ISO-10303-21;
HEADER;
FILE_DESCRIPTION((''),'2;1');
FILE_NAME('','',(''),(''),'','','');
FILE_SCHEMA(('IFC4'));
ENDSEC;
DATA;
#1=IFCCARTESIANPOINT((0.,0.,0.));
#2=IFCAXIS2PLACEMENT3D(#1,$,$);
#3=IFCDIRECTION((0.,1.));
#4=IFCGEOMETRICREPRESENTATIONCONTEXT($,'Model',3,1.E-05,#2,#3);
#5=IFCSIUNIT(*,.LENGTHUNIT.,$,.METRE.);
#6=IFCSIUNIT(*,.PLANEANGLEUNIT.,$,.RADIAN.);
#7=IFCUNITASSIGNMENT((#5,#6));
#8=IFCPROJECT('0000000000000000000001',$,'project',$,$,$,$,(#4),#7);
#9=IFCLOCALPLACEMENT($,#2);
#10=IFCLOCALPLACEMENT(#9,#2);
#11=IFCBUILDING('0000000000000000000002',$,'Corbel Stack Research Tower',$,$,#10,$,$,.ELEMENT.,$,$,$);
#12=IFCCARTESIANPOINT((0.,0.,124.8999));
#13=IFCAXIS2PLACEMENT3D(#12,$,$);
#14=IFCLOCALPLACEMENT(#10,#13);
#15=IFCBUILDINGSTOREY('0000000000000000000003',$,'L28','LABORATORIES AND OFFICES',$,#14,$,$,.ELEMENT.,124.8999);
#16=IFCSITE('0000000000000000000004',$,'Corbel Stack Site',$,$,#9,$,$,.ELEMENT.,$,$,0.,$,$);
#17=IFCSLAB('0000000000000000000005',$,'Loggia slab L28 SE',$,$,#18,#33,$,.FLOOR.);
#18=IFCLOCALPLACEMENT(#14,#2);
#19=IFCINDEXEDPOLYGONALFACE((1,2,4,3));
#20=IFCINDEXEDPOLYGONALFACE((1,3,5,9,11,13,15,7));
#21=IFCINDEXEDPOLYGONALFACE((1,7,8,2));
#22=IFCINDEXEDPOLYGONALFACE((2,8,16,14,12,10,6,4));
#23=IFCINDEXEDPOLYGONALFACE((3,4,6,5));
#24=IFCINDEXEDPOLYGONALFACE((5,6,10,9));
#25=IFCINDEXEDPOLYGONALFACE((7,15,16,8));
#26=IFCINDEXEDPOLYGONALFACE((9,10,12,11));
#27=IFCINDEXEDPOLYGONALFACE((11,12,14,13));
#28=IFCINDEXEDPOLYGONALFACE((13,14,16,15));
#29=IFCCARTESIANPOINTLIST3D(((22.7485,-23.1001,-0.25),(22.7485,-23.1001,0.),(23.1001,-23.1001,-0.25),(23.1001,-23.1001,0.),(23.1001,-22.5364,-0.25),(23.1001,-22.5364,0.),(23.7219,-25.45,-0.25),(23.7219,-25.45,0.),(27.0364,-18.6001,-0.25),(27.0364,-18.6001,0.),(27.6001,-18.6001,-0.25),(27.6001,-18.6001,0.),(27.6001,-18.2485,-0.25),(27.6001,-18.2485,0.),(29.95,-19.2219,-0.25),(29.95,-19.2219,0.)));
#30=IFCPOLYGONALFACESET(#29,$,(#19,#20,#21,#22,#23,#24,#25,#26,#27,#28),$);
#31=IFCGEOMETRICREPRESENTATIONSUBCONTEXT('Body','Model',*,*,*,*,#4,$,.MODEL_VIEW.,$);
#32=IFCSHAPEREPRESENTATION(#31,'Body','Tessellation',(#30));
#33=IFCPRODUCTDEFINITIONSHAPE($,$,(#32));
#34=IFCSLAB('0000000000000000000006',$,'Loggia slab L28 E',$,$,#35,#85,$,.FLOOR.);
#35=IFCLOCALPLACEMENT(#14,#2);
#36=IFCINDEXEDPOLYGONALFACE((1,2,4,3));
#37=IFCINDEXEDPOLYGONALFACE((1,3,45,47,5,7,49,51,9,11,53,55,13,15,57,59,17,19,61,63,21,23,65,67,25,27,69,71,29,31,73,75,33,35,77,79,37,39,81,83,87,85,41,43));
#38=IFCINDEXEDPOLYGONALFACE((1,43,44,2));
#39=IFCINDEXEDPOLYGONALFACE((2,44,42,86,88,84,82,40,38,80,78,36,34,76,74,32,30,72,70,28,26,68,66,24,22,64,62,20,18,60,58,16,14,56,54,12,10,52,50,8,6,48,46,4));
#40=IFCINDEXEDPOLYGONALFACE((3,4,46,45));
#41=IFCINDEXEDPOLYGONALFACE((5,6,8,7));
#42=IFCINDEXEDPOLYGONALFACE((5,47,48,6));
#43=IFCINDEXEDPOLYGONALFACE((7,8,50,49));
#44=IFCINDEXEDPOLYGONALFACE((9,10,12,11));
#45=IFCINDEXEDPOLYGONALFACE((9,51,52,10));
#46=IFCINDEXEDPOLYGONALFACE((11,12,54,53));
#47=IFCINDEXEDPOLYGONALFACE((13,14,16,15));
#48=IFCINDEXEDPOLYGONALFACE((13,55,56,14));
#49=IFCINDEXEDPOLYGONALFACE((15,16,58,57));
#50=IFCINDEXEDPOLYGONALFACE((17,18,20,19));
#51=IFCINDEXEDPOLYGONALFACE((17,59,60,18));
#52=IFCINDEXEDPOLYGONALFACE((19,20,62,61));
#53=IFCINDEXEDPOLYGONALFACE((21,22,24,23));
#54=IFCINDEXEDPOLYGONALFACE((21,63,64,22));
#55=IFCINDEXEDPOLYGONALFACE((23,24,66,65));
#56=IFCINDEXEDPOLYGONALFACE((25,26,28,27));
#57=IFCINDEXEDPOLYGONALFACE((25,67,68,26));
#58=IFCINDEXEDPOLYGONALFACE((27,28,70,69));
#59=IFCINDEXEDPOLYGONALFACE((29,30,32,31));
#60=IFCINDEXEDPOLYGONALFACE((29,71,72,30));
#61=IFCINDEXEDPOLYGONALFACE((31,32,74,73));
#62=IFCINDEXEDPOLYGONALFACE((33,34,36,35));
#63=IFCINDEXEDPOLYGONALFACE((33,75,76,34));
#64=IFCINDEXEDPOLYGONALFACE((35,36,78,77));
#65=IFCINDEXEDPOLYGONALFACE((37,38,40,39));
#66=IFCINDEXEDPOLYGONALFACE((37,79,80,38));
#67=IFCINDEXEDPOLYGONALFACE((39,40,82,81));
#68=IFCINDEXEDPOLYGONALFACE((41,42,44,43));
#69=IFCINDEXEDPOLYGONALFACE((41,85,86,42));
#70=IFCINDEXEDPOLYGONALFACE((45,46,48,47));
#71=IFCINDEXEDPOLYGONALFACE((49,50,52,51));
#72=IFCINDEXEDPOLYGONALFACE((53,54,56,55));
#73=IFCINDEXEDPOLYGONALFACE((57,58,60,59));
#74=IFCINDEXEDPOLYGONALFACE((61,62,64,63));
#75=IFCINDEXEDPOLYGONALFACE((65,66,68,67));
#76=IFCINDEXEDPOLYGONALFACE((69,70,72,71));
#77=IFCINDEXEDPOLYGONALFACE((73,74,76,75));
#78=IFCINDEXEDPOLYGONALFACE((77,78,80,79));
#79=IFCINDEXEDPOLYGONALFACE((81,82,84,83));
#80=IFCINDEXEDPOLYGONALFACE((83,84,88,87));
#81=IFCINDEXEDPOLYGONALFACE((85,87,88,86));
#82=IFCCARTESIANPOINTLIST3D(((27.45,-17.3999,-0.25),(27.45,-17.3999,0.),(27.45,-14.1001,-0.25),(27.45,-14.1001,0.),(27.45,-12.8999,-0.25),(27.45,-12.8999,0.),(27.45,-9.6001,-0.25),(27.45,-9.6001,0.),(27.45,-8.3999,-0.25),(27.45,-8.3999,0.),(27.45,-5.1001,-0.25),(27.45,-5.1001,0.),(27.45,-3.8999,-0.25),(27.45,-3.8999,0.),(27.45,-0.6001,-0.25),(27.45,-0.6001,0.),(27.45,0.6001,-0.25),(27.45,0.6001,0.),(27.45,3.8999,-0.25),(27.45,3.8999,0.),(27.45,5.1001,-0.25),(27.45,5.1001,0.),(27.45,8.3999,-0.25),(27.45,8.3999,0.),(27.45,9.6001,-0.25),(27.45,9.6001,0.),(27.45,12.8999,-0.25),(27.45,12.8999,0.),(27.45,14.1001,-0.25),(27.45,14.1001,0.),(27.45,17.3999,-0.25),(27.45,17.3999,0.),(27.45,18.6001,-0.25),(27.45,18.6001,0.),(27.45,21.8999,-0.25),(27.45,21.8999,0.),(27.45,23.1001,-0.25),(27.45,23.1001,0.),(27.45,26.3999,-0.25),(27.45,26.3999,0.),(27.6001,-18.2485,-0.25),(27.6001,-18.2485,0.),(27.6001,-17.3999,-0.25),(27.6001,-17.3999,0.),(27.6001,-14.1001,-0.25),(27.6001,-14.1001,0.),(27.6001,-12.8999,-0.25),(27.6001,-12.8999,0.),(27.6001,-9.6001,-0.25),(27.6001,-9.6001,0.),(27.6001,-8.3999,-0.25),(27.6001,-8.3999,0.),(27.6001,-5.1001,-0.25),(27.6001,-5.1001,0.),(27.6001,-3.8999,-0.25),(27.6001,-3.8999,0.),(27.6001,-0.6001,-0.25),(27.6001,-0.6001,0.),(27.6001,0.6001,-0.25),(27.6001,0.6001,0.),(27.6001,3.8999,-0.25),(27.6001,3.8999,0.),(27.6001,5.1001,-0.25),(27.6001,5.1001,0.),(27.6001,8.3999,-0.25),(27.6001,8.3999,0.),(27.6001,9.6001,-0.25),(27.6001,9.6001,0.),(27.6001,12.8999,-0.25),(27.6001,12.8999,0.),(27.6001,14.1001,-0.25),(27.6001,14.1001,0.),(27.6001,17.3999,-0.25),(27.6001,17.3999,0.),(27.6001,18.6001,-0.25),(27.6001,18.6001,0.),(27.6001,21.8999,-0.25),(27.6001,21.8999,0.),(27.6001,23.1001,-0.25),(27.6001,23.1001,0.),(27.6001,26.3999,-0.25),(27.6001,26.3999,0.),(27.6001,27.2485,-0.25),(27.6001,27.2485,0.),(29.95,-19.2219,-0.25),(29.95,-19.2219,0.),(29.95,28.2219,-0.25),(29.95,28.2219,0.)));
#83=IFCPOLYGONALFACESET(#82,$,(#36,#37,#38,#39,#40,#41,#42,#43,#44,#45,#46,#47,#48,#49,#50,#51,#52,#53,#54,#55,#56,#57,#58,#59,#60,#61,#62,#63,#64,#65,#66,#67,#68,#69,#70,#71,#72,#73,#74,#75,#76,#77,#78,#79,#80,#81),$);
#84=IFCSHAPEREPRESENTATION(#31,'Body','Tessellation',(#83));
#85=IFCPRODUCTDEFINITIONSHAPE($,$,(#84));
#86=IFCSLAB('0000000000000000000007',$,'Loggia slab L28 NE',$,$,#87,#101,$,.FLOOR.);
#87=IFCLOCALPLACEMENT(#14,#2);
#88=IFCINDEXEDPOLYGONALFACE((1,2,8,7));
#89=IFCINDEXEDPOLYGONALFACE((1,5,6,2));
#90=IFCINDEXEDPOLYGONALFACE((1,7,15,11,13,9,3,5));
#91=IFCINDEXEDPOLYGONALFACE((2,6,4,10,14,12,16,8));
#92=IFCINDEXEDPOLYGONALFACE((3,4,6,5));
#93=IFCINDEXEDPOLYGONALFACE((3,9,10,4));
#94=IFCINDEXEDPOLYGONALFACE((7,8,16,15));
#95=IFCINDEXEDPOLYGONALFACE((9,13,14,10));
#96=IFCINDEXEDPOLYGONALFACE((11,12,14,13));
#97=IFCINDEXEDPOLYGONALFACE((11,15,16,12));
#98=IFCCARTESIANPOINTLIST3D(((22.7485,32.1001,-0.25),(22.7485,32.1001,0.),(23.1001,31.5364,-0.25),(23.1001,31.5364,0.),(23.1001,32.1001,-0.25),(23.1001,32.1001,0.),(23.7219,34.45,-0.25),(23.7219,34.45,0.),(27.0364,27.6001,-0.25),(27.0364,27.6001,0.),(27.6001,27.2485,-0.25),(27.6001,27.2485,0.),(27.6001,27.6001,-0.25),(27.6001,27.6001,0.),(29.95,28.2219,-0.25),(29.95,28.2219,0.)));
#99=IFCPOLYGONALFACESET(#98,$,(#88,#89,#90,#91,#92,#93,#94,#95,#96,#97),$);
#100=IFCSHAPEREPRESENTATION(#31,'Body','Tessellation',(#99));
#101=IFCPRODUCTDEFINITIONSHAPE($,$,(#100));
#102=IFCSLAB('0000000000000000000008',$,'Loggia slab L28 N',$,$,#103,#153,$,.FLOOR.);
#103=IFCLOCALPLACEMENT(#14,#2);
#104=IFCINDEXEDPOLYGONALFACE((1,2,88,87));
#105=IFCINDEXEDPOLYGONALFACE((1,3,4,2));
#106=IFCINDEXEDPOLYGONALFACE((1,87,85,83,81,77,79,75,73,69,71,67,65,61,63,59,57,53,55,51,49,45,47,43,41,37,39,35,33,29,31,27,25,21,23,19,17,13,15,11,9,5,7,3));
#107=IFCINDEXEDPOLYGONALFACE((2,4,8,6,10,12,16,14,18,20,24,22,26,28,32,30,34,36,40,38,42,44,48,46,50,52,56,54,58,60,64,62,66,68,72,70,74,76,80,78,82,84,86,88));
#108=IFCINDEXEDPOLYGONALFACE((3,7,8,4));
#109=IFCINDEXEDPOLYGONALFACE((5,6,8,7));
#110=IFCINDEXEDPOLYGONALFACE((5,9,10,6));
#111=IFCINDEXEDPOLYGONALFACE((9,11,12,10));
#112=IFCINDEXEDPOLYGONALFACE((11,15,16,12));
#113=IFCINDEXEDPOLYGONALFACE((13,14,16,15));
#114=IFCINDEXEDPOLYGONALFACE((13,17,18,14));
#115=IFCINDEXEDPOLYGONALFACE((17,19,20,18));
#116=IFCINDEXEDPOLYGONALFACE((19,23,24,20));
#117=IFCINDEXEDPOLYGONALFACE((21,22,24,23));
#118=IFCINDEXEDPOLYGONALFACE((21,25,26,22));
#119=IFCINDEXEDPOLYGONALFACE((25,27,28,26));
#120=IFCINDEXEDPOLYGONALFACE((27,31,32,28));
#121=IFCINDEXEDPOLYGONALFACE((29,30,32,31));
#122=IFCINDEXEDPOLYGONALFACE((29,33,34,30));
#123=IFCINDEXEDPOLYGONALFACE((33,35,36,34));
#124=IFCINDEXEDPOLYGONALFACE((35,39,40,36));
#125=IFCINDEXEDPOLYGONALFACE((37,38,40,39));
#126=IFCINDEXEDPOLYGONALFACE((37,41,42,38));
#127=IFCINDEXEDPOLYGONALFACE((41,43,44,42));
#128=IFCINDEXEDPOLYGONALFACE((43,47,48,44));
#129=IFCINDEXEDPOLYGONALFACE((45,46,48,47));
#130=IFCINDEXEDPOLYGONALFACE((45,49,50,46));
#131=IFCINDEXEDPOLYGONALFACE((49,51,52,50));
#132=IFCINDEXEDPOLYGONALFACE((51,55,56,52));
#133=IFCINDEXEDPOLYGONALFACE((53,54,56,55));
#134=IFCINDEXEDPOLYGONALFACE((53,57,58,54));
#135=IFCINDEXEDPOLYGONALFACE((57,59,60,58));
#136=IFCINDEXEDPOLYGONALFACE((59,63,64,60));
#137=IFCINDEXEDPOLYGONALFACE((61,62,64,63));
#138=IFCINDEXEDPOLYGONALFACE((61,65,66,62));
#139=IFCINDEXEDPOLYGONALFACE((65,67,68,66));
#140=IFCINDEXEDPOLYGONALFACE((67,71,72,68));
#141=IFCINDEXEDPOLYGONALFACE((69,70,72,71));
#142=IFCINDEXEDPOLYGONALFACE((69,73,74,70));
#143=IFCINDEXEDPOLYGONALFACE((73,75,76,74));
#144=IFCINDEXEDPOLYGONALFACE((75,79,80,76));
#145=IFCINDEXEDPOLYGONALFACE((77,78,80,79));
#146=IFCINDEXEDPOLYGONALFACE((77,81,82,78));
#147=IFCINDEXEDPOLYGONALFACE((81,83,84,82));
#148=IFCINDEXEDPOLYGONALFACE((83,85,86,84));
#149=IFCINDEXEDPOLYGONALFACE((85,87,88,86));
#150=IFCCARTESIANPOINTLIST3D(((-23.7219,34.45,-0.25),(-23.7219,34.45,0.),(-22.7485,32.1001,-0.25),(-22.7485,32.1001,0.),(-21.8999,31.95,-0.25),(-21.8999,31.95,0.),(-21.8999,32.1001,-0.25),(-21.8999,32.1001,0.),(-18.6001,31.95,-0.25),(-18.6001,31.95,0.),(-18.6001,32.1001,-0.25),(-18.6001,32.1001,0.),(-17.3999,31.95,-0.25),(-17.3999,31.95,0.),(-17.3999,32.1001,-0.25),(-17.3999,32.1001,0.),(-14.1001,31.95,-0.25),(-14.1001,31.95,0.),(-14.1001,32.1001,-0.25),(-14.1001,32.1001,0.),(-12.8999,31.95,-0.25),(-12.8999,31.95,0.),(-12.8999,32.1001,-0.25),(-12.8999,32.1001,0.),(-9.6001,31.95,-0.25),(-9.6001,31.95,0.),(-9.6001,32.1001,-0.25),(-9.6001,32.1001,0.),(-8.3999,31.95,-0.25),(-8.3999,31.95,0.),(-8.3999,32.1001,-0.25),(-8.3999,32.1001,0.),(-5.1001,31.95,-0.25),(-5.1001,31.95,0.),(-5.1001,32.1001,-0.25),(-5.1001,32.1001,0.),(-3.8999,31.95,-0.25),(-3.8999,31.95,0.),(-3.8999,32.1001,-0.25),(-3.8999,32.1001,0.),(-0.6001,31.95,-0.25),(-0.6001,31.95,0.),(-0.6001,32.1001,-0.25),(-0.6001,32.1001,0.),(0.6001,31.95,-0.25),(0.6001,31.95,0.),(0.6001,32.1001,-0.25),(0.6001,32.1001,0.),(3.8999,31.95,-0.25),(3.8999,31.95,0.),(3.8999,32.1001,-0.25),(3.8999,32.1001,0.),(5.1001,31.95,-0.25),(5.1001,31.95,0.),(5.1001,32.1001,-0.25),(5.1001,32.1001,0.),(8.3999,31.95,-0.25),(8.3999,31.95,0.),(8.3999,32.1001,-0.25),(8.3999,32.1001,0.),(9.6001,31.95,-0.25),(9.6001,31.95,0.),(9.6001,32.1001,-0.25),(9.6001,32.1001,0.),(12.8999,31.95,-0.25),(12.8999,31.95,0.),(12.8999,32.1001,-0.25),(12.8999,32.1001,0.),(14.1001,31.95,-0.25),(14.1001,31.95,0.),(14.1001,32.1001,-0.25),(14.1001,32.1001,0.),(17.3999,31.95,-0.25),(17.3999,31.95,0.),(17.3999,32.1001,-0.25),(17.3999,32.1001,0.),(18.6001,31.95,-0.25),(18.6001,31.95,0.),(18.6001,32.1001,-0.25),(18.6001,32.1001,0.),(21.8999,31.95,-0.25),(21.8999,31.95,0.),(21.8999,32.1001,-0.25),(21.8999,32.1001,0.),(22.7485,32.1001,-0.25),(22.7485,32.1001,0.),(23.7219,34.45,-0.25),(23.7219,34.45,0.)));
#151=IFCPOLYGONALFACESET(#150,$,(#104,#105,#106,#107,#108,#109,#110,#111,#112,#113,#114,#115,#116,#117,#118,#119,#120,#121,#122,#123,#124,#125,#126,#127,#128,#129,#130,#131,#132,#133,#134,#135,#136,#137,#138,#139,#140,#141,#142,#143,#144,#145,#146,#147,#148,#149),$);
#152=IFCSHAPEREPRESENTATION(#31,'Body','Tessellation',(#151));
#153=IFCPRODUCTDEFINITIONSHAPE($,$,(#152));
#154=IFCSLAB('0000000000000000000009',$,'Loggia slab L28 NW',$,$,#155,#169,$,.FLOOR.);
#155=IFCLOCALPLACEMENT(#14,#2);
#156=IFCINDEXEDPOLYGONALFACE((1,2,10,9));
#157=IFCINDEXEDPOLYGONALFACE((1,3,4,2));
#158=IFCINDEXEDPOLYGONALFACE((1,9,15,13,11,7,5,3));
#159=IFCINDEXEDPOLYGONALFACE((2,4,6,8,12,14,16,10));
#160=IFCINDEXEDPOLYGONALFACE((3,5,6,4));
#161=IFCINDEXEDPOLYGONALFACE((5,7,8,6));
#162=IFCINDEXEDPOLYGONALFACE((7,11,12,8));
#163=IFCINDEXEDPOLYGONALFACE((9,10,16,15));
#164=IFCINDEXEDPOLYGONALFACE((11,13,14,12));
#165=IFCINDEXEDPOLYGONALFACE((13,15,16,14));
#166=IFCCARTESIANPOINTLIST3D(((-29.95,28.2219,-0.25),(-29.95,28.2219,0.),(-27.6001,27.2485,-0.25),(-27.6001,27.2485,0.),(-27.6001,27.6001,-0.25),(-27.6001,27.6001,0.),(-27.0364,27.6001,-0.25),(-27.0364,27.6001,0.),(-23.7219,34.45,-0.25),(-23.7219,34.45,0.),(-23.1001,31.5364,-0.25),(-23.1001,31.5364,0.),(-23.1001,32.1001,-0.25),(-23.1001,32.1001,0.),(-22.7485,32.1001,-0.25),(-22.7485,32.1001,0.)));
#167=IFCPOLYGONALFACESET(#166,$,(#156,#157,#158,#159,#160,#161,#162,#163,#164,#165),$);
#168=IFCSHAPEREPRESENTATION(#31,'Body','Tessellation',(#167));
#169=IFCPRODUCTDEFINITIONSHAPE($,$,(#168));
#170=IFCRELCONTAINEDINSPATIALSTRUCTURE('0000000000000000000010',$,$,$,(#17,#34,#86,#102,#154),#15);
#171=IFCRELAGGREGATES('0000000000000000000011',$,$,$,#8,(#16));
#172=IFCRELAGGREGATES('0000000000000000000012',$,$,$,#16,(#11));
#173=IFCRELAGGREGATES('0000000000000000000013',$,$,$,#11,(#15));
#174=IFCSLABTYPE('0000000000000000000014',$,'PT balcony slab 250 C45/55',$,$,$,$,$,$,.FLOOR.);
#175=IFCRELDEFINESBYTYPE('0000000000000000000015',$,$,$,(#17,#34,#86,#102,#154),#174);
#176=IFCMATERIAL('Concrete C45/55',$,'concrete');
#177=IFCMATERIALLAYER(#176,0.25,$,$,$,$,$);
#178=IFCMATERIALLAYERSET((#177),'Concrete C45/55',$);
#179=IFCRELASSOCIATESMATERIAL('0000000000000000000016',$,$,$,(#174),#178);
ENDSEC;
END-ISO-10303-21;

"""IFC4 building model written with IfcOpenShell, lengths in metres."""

from ifc_helpers import new_model, si_unit, direction, frame, origin, place, context, subcontext, project, spatial, polyline, outline, extrude, material, layer, layer_set, type_object, element, save


model = new_model("IFC4")

# Units and contexts
model_context = context("Model", 3, precision=1e-05, world=origin(), true_north=direction((0.0, 1.0)))
body_context = subcontext(model_context, "Body", "Model", "MODEL_VIEW")
ifc_project = project(units=[si_unit("LENGTHUNIT", "METRE"), si_unit("PLANEANGLEUNIT", "RADIAN")], contexts=[model_context])

# Site, building, storey
site_placement = place(None, origin())
site = spatial("IfcSite", under=ifc_project, at=site_placement, Name="Corbel Stack Site", CompositionType="ELEMENT", RefElevation=0.0)
building_placement = place(site_placement, origin())
building = spatial("IfcBuilding", under=site, at=building_placement, Name="Corbel Stack Research Tower", CompositionType="ELEMENT")
storey_placement = place(building_placement, frame((0.0, 0.0, 124.8999)))
storey = spatial("IfcBuildingStorey", under=building, at=storey_placement, Name="L28", Description="LABORATORIES AND OFFICES", CompositionType="ELEMENT", Elevation=124.8999)

# Slabs
ifc_material_1 = material(Name="Concrete C45/55", Category="concrete")
ifc_layer_1 = layer(ifc_material_1, 0.25)
ifc_layer_set_1 = layer_set([ifc_layer_1], Name="Concrete C45/55")
slab_type_1 = type_object("IfcSlabType", Name="PT balcony slab 250 C45/55", PredefinedType="FLOOR", material=ifc_layer_set_1)
slab_1_placement = place(storey_placement, frame((0.0, 0.0, -0.25)))
element("IfcSlab", 1, at=slab_1_placement, inside=storey, type_object=slab_type_1, Name="Loggia slab L28 SE", PredefinedType="FLOOR", context=body_context, shape_type="SweptSolid", body=[
    extrude(outline(polyline([(27.6001, -18.2485), (27.6001, -18.6001), (27.0364, -18.6001), (23.1001, -22.5364), (23.1001, -23.1001), (22.7485, -23.1001), (23.7219, -25.45), (29.95, -19.2219), (27.6001, -18.2485)])), origin(), (0.0, 0.0, 1.0), 0.25),
])
slab_2_placement = place(storey_placement, frame((0.0, 0.0, -0.25)))
element("IfcSlab", 2, at=slab_2_placement, inside=storey, type_object=slab_type_1, Name="Loggia slab L28 E", PredefinedType="FLOOR", context=body_context, shape_type="SweptSolid", body=[
    extrude(outline(polyline([(27.6001, 27.2485), (27.6001, 26.3999), (27.45, 26.3999), (27.45, 23.1001), (27.6001, 23.1001), (27.6001, 21.8999), (27.45, 21.8999), (27.45, 18.6001), (27.6001, 18.6001), (27.6001, 17.3999), (27.45, 17.3999), (27.45, 14.1001), (27.6001, 14.1001), (27.6001, 12.8999), (27.45, 12.8999), (27.45, 9.6001), (27.6001, 9.6001), (27.6001, 8.3999), (27.45, 8.3999), (27.45, 5.1001), (27.6001, 5.1001), (27.6001, 3.8999), (27.45, 3.8999), (27.45, 0.6001), (27.6001, 0.6001), (27.6001, -0.6001), (27.45, -0.6001), (27.45, -3.8999), (27.6001, -3.8999), (27.6001, -5.1001), (27.45, -5.1001), (27.45, -8.3999), (27.6001, -8.3999), (27.6001, -9.6001), (27.45, -9.6001), (27.45, -12.8999), (27.6001, -12.8999), (27.6001, -14.1001), (27.45, -14.1001), (27.45, -17.3999), (27.6001, -17.3999), (27.6001, -18.2485), (29.95, -19.2219), (29.95, 28.2219), (27.6001, 27.2485)])), origin(), (0.0, 0.0, 1.0), 0.25),
])
slab_3_placement = place(storey_placement, frame((0.0, 0.0, -0.25)))
element("IfcSlab", 3, at=slab_3_placement, inside=storey, type_object=slab_type_1, Name="Loggia slab L28 NE", PredefinedType="FLOOR", context=body_context, shape_type="SweptSolid", body=[
    extrude(outline(polyline([(22.7485, 32.1001), (23.1001, 32.1001), (23.1001, 31.5364), (27.0364, 27.6001), (27.6001, 27.6001), (27.6001, 27.2485), (29.95, 28.2219), (23.7219, 34.45), (22.7485, 32.1001)])), origin(), (0.0, 0.0, 1.0), 0.25),
])
slab_4_placement = place(storey_placement, frame((0.0, 0.0, -0.25)))
element("IfcSlab", 4, at=slab_4_placement, inside=storey, type_object=slab_type_1, Name="Loggia slab L28 N", PredefinedType="FLOOR", context=body_context, shape_type="SweptSolid", body=[
    extrude(outline(polyline([(-22.7485, 32.1001), (-21.8999, 32.1001), (-21.8999, 31.95), (-18.6001, 31.95), (-18.6001, 32.1001), (-17.3999, 32.1001), (-17.3999, 31.95), (-14.1001, 31.95), (-14.1001, 32.1001), (-12.8999, 32.1001), (-12.8999, 31.95), (-9.6001, 31.95), (-9.6001, 32.1001), (-8.3999, 32.1001), (-8.3999, 31.95), (-5.1001, 31.95), (-5.1001, 32.1001), (-3.8999, 32.1001), (-3.8999, 31.95), (-0.6001, 31.95), (-0.6001, 32.1001), (0.6001, 32.1001), (0.6001, 31.95), (3.8999, 31.95), (3.8999, 32.1001), (5.1001, 32.1001), (5.1001, 31.95), (8.3999, 31.95), (8.3999, 32.1001), (9.6001, 32.1001), (9.6001, 31.95), (12.8999, 31.95), (12.8999, 32.1001), (14.1001, 32.1001), (14.1001, 31.95), (17.3999, 31.95), (17.3999, 32.1001), (18.6001, 32.1001), (18.6001, 31.95), (21.8999, 31.95), (21.8999, 32.1001), (22.7485, 32.1001), (23.7219, 34.45), (-23.7219, 34.45), (-22.7485, 32.1001)])), origin(), (0.0, 0.0, 1.0), 0.25),
])
slab_5_placement = place(storey_placement, frame((0.0, 0.0, -0.25)))
element("IfcSlab", 5, at=slab_5_placement, inside=storey, type_object=slab_type_1, Name="Loggia slab L28 NW", PredefinedType="FLOOR", context=body_context, shape_type="SweptSolid", body=[
    extrude(outline(polyline([(-27.6001, 27.2485), (-27.6001, 27.6001), (-27.0364, 27.6001), (-23.1001, 31.5364), (-23.1001, 32.1001), (-22.7485, 32.1001), (-23.7219, 34.45), (-29.95, 28.2219), (-27.6001, 27.2485)])), origin(), (0.0, 0.0, 1.0), 0.25),
])

save(model, "model.ifc")
